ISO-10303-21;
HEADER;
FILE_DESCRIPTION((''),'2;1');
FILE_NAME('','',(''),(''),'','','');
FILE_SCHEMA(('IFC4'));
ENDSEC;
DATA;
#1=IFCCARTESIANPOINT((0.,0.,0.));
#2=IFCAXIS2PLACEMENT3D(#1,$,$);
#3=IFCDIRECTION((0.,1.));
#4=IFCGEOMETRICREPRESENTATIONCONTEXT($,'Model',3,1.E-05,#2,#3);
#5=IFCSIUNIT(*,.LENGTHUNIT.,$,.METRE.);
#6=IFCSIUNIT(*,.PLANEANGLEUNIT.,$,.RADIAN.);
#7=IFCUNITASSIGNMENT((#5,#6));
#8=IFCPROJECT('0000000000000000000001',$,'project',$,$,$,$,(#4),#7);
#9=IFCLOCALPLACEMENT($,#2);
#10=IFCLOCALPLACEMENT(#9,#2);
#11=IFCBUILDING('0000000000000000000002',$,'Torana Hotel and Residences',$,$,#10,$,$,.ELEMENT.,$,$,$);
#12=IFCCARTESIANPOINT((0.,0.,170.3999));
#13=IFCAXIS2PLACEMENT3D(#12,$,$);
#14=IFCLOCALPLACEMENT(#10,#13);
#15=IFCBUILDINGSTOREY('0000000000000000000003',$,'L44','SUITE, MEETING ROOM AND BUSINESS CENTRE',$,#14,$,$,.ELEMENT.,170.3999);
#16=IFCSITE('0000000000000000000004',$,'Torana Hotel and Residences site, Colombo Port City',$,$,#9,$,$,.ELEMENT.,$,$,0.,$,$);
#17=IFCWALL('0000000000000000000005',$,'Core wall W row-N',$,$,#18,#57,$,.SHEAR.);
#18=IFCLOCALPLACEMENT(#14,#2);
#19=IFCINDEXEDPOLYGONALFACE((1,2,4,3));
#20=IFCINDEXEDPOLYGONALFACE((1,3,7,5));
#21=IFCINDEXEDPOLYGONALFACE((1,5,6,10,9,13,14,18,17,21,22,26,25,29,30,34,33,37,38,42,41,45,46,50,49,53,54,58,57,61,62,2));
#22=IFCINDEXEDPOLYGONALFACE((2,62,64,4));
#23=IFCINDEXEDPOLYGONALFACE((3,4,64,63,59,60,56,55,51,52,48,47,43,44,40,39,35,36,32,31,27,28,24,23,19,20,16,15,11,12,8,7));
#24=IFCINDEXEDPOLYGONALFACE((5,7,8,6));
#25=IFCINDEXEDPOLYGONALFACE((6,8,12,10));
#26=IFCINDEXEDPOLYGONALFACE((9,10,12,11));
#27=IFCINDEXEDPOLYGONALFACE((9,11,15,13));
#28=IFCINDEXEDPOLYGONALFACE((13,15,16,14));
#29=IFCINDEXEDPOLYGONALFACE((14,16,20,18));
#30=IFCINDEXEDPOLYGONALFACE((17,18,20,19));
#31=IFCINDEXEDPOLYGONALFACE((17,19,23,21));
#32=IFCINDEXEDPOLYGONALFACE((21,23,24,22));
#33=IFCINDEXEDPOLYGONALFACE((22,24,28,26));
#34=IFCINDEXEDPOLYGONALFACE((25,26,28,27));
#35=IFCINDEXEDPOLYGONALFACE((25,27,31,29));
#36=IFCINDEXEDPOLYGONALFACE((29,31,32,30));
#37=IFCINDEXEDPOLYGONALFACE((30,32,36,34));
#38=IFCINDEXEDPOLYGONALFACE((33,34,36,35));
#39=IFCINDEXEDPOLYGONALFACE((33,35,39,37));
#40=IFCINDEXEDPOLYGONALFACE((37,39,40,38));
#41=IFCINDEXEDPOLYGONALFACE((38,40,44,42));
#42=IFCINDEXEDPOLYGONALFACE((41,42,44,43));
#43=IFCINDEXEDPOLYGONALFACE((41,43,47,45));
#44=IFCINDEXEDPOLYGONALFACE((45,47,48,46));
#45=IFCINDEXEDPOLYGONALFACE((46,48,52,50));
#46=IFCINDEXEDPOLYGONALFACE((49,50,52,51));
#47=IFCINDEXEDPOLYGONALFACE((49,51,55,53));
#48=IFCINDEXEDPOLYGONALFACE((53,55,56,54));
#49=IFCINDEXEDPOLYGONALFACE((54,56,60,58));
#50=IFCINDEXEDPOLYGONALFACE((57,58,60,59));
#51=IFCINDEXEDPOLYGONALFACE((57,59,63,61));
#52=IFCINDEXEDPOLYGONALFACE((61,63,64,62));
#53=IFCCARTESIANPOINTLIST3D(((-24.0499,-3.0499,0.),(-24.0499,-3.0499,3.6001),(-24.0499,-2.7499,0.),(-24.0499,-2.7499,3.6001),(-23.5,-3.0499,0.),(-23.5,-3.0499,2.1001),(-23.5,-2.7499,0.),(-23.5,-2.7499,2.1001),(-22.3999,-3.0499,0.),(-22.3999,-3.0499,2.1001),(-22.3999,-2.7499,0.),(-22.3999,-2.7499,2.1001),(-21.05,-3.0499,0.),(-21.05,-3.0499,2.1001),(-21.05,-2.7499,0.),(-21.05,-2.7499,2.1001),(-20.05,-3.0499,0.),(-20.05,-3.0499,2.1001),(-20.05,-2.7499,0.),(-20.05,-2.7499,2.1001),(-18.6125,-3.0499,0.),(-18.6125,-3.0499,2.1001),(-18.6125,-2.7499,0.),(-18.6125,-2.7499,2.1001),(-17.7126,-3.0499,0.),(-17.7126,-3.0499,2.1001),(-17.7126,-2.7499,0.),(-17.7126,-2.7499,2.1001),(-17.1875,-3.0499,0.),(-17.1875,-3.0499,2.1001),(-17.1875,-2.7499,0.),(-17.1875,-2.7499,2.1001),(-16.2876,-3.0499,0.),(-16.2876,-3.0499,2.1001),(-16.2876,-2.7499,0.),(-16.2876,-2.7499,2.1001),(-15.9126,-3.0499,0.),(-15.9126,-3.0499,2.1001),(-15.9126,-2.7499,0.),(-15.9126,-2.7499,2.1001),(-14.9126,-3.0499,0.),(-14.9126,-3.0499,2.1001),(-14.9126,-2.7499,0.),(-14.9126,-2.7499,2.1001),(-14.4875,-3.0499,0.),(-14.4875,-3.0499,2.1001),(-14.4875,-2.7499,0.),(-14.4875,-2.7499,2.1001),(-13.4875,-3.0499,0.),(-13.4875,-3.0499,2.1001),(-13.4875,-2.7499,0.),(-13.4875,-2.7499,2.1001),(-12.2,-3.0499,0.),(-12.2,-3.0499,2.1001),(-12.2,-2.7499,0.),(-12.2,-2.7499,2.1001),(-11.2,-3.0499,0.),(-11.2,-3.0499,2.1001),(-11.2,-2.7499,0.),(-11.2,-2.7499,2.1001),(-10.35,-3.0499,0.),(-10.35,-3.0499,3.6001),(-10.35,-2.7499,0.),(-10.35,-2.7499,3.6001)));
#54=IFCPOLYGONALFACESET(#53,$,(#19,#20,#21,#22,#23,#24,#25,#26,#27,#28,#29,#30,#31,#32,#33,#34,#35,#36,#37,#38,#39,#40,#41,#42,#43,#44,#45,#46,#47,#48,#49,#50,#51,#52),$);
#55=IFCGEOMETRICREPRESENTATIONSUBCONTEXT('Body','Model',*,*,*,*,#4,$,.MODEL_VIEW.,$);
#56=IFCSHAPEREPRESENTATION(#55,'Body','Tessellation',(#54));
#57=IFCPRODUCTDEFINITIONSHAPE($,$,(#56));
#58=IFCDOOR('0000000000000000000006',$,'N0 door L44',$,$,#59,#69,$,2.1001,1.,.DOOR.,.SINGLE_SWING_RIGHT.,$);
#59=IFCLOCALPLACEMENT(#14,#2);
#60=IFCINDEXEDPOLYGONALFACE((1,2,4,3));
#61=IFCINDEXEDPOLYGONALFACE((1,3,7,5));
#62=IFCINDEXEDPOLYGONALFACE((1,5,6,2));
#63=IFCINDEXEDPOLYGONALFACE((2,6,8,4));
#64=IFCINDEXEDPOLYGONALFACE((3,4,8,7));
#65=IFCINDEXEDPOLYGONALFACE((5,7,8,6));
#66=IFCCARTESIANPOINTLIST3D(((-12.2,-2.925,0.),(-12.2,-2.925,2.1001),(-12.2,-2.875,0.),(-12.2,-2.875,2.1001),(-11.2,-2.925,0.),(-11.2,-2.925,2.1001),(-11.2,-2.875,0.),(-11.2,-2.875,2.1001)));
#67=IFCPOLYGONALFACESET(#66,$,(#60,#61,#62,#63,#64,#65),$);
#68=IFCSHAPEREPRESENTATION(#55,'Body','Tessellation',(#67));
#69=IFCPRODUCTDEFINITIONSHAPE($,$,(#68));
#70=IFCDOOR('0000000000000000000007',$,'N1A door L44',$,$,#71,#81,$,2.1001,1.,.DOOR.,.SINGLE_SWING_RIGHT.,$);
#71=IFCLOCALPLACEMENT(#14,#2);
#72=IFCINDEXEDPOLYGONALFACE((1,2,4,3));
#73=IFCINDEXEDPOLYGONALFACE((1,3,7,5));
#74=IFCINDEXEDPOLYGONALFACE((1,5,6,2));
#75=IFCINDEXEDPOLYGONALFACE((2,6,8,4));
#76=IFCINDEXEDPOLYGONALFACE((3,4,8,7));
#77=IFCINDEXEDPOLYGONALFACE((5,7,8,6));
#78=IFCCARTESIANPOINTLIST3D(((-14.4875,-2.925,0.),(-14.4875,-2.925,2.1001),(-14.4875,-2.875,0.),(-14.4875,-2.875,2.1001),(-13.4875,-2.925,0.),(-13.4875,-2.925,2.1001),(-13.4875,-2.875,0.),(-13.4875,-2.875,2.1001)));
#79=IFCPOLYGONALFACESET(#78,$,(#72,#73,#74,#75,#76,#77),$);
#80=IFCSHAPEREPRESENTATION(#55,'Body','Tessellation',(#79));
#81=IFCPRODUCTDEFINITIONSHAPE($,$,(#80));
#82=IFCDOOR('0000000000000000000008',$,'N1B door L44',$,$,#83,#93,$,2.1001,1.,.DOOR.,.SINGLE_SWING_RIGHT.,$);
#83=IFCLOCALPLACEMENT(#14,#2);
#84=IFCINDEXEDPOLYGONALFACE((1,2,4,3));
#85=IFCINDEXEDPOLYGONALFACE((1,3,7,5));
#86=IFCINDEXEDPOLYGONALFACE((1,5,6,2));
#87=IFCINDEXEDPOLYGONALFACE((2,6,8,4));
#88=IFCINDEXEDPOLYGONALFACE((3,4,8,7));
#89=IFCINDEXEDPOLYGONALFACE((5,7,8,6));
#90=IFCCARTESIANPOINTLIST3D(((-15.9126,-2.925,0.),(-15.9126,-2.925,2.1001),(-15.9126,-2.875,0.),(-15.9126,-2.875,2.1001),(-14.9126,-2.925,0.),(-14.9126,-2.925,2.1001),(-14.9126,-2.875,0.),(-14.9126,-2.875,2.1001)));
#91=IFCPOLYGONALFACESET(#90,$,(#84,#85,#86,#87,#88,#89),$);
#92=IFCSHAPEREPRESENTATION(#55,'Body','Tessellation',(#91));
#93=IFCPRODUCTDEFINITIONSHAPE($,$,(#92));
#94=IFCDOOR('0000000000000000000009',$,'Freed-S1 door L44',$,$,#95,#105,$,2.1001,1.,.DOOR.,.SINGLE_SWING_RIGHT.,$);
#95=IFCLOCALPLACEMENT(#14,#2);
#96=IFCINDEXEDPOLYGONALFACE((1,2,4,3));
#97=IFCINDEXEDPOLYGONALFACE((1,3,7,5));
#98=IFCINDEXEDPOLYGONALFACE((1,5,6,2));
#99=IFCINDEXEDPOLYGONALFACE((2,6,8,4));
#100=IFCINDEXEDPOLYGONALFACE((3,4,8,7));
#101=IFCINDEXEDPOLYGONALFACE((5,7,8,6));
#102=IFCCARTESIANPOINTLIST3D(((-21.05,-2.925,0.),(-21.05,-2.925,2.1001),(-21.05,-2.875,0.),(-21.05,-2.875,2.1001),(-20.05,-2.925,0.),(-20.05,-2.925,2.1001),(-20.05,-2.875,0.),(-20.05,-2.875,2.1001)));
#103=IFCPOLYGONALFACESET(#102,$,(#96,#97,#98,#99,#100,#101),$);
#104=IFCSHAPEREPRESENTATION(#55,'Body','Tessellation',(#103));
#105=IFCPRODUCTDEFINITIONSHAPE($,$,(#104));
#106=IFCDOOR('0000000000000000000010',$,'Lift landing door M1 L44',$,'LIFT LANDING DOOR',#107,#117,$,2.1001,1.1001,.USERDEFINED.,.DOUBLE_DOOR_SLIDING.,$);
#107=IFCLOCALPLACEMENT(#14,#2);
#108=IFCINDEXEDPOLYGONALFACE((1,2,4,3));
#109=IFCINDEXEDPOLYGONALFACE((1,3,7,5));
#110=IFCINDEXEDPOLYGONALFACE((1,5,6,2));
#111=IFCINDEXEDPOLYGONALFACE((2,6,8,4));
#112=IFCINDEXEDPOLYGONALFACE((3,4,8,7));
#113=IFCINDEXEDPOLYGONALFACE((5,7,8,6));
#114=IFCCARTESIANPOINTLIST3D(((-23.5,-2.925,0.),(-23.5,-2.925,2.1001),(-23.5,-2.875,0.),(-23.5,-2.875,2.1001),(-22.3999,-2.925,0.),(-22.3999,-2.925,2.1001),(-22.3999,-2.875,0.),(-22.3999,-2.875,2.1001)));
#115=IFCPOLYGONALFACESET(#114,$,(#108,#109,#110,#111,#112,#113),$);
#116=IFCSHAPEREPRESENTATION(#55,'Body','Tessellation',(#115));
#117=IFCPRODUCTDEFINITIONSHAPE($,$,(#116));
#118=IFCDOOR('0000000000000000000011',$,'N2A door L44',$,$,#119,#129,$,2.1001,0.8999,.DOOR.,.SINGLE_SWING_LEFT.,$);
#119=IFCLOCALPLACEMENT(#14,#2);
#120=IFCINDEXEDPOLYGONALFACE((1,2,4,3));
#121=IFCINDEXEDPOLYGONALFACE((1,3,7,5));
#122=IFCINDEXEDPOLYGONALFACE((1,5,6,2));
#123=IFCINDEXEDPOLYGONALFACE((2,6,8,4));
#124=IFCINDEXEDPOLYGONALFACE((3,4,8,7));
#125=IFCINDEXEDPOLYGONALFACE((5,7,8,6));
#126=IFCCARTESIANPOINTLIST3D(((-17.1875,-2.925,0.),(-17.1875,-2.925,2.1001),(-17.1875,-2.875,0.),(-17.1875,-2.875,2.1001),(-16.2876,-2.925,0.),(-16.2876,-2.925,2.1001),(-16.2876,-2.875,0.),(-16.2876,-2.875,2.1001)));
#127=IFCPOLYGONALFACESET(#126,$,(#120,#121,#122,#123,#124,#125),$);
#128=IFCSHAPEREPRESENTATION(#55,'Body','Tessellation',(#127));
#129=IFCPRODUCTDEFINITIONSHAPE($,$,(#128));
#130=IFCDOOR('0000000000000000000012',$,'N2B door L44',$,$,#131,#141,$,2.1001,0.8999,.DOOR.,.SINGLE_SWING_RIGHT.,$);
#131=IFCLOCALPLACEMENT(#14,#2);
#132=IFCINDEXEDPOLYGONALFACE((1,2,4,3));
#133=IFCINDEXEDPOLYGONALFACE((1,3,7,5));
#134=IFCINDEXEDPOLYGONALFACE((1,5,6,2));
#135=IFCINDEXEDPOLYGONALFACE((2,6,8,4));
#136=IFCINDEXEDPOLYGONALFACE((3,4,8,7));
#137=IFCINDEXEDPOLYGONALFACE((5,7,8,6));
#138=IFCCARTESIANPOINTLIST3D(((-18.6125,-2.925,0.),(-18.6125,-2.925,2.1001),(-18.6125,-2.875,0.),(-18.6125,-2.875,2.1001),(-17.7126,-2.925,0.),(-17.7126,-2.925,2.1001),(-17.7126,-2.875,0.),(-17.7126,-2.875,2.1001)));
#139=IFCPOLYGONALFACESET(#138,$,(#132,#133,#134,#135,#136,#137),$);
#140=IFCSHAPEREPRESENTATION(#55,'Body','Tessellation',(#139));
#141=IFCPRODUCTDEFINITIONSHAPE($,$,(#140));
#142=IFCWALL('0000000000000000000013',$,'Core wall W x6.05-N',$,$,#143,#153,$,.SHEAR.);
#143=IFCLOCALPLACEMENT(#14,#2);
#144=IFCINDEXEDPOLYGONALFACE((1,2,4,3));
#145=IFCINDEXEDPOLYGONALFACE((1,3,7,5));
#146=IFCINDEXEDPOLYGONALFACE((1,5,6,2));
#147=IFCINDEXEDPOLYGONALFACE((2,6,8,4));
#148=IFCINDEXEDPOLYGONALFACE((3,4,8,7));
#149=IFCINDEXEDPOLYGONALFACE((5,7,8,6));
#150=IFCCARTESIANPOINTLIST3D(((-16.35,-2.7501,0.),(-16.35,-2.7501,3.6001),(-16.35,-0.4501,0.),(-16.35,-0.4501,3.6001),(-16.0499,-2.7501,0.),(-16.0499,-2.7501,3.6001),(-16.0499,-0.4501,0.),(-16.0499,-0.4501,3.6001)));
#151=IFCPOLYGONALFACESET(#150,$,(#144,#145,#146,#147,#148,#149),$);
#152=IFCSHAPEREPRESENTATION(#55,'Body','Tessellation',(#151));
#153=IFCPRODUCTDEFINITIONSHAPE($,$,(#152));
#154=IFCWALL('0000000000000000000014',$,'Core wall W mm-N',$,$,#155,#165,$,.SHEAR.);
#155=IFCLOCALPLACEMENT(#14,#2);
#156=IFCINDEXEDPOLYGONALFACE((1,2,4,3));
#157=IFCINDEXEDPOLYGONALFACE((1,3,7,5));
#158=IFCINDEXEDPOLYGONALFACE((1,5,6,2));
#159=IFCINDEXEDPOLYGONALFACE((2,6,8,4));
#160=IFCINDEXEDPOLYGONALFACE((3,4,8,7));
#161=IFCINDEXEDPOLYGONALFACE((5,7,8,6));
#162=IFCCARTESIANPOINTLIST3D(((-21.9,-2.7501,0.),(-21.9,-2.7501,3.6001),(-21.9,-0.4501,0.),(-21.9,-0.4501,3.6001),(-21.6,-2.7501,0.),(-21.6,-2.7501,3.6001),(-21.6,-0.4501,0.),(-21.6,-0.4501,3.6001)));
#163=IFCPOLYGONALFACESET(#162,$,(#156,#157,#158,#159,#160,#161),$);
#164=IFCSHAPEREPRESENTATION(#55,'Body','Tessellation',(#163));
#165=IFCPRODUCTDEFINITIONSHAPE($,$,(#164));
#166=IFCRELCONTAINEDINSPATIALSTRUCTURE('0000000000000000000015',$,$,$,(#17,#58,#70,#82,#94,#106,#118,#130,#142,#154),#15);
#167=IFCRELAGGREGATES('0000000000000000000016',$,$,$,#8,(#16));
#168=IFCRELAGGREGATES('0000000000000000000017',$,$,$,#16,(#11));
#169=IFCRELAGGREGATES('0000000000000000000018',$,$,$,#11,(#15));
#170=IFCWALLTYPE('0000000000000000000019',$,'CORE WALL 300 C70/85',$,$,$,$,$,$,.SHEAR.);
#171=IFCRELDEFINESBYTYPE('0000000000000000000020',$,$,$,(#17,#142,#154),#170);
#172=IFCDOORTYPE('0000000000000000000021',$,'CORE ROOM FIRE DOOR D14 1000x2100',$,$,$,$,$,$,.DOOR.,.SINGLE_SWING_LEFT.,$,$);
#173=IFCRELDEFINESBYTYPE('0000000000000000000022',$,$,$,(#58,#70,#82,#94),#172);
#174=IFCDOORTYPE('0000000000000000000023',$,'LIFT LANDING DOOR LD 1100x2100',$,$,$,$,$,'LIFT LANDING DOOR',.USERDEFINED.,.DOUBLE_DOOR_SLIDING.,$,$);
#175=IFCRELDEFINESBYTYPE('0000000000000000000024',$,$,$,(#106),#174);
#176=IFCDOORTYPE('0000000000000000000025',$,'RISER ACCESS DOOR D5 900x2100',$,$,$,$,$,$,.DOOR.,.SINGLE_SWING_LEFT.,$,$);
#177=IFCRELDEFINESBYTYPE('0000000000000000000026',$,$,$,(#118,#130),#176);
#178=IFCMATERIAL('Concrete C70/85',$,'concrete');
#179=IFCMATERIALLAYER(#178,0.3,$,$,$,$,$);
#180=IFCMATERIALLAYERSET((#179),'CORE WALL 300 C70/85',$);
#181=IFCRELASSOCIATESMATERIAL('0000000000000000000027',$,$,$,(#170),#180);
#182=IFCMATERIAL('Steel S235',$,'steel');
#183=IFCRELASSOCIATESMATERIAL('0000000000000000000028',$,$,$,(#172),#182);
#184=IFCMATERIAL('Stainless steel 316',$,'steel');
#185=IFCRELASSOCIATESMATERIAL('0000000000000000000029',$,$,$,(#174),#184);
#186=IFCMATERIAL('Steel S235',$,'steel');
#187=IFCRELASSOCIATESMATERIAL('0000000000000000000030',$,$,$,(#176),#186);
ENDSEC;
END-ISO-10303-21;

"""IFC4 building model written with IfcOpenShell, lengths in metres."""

from ifc_helpers import new_model, si_unit, direction, frame, frame_2d, origin, place, context, subcontext, project, spatial, rectangle, extrude, material, layer, layer_set, type_object, element, fill, save


model = new_model("IFC4")

# Units and contexts
model_context = context("Model", 3, precision=1e-05, world=origin(), true_north=direction((0.0, 1.0)))
body_context = subcontext(model_context, "Body", "Model", "MODEL_VIEW")
ifc_project = project(units=[si_unit("LENGTHUNIT", "METRE"), si_unit("PLANEANGLEUNIT", "RADIAN")], contexts=[model_context])

# Site, building, storey
site_placement = place(None, origin())
site = spatial("IfcSite", under=ifc_project, at=site_placement, Name="Torana Hotel and Residences site, Colombo Port City", CompositionType="ELEMENT", RefElevation=0.0)
building_placement = place(site_placement, origin())
building = spatial("IfcBuilding", under=site, at=building_placement, Name="Torana Hotel and Residences", CompositionType="ELEMENT")
storey_placement = place(building_placement, frame((0.0, 0.0, 170.3999)))
storey = spatial("IfcBuildingStorey", under=building, at=storey_placement, Name="L44", Description="SUITE, MEETING ROOM AND BUSINESS CENTRE", CompositionType="ELEMENT", Elevation=170.3999)

# Wall, openings, doors
ifc_material_1 = material(Name="Concrete C70/85", Category="concrete")
ifc_layer_1 = layer(ifc_material_1, 0.3)
ifc_layer_set_1 = layer_set([ifc_layer_1], Name="CORE WALL 300 C70/85")
wall_type_1 = type_object("IfcWallType", Name="CORE WALL 300 C70/85", PredefinedType="SHEAR", material=ifc_layer_set_1)
wall_1_placement = place(storey_placement, frame((-24.05, -2.8999, 0.0), z_axis=(0.0, 0.0, 1.0), x_axis=(1.0, 0.0, 0.0)))
wall_1 = element("IfcWall", 1, at=wall_1_placement, inside=storey, type_object=wall_type_1, Name="Core wall W row-N", PredefinedType="SHEAR", context=body_context, shape_type="SweptSolid", body=[
    extrude(rectangle(XDim=13.7, YDim=0.3, at=frame_2d((6.8501, 0.0))), origin(), (0.0, 0.0, 1.0), 3.6001),
])
opening_1_placement = place(wall_1_placement, frame((0.55, 0.0, 0.0)))
opening_1 = element("IfcOpeningElement", 2, at=opening_1_placement, cuts=wall_1, PredefinedType="OPENING", context=body_context, shape_type="SweptSolid", body=[
    extrude(rectangle(XDim=1.1001, YDim=2.1001, at=frame_2d((0.55, 1.05))), frame((0.0, 0.1599, 0.0), z_axis=(0.0, -1.0, 0.0), x_axis=(1.0, 0.0, 0.0)), (0.0, 0.0, 1.0), 0.3201),
])
opening_2_placement = place(wall_1_placement, frame((6.8625, 0.0, 0.0)))
opening_2 = element("IfcOpeningElement", 3, at=opening_2_placement, cuts=wall_1, PredefinedType="OPENING", context=body_context, shape_type="SweptSolid", body=[
    extrude(rectangle(XDim=0.8999, YDim=2.1001, at=frame_2d((0.45, 1.05))), frame((0.0, 0.1599, 0.0), z_axis=(0.0, -1.0, 0.0), x_axis=(1.0, 0.0, 0.0)), (0.0, 0.0, 1.0), 0.3201),
])
opening_3_placement = place(wall_1_placement, frame((5.4375, 0.0, 0.0)))
opening_3 = element("IfcOpeningElement", 4, at=opening_3_placement, cuts=wall_1, PredefinedType="OPENING", context=body_context, shape_type="SweptSolid", body=[
    extrude(rectangle(XDim=0.8999, YDim=2.1001, at=frame_2d((0.45, 1.05))), frame((0.0, 0.1599, 0.0), z_axis=(0.0, -1.0, 0.0), x_axis=(1.0, 0.0, 0.0)), (0.0, 0.0, 1.0), 0.3201),
])
opening_4_placement = place(wall_1_placement, frame((11.8501, 0.0, 0.0)))
opening_4 = element("IfcOpeningElement", 5, at=opening_4_placement, cuts=wall_1, PredefinedType="OPENING", context=body_context, shape_type="SweptSolid", body=[
    extrude(rectangle(XDim=1.0, YDim=2.1001, at=frame_2d((0.5, 1.05))), frame((0.0, 0.1599, 0.0), z_axis=(0.0, -1.0, 0.0), x_axis=(1.0, 0.0, 0.0)), (0.0, 0.0, 1.0), 0.3201),
])
opening_5_placement = place(wall_1_placement, frame((9.5625, 0.0, 0.0)))
opening_5 = element("IfcOpeningElement", 6, at=opening_5_placement, cuts=wall_1, PredefinedType="OPENING", context=body_context, shape_type="SweptSolid", body=[
    extrude(rectangle(XDim=1.0, YDim=2.1001, at=frame_2d((0.5, 1.05))), frame((0.0, 0.1599, 0.0), z_axis=(0.0, -1.0, 0.0), x_axis=(1.0, 0.0, 0.0)), (0.0, 0.0, 1.0), 0.3201),
])
opening_6_placement = place(wall_1_placement, frame((8.1375, 0.0, 0.0)))
opening_6 = element("IfcOpeningElement", 7, at=opening_6_placement, cuts=wall_1, PredefinedType="OPENING", context=body_context, shape_type="SweptSolid", body=[
    extrude(rectangle(XDim=1.0, YDim=2.1001, at=frame_2d((0.5, 1.05))), frame((0.0, 0.1599, 0.0), z_axis=(0.0, -1.0, 0.0), x_axis=(1.0, 0.0, 0.0)), (0.0, 0.0, 1.0), 0.3201),
])
opening_7_placement = place(wall_1_placement, frame((3.0, 0.0, 0.0)))
opening_7 = element("IfcOpeningElement", 8, at=opening_7_placement, cuts=wall_1, PredefinedType="OPENING", context=body_context, shape_type="SweptSolid", body=[
    extrude(rectangle(XDim=1.0, YDim=2.1001, at=frame_2d((0.5, 1.05))), frame((0.0, 0.1599, 0.0), z_axis=(0.0, -1.0, 0.0), x_axis=(1.0, 0.0, 0.0)), (0.0, 0.0, 1.0), 0.3201),
])
ifc_material_2 = material(Name="Steel S235", Category="steel")
door_type_1 = type_object("IfcDoorType", Name="CORE ROOM FIRE DOOR D14 1000x2100", OperationType="SINGLE_SWING_LEFT", PredefinedType="DOOR", material=ifc_material_2)
door_1_placement = place(opening_4_placement, origin())
door_1 = element("IfcDoor", 9, at=door_1_placement, inside=storey, type_object=door_type_1, Name="N0 door L44", OperationType="SINGLE_SWING_RIGHT", OverallHeight=2.1001, OverallWidth=1.0, PredefinedType="DOOR", context=body_context, shape_type="SweptSolid", body=[
    extrude(rectangle(XDim=1.0, YDim=2.1001, at=frame_2d((0.5, 1.05))), frame((0.0, 0.0249, 0.0), z_axis=(0.0, -1.0, 0.0), x_axis=(1.0, 0.0, 0.0)), (0.0, 0.0, 1.0), 0.05),
])
fill(opening_4, door_1)
door_2_placement = place(opening_5_placement, origin())
door_2 = element("IfcDoor", 10, at=door_2_placement, inside=storey, type_object=door_type_1, Name="N1A door L44", OperationType="SINGLE_SWING_RIGHT", OverallHeight=2.1001, OverallWidth=1.0, PredefinedType="DOOR", context=body_context, shape_type="SweptSolid", body=[
    extrude(rectangle(XDim=1.0, YDim=2.1001, at=frame_2d((0.5, 1.05))), frame((0.0, 0.0249, 0.0), z_axis=(0.0, -1.0, 0.0), x_axis=(1.0, 0.0, 0.0)), (0.0, 0.0, 1.0), 0.05),
])
fill(opening_5, door_2)
door_3_placement = place(opening_6_placement, origin())
door_3 = element("IfcDoor", 11, at=door_3_placement, inside=storey, type_object=door_type_1, Name="N1B door L44", OperationType="SINGLE_SWING_RIGHT", OverallHeight=2.1001, OverallWidth=1.0, PredefinedType="DOOR", context=body_context, shape_type="SweptSolid", body=[
    extrude(rectangle(XDim=1.0, YDim=2.1001, at=frame_2d((0.5, 1.05))), frame((0.0, 0.0249, 0.0), z_axis=(0.0, -1.0, 0.0), x_axis=(1.0, 0.0, 0.0)), (0.0, 0.0, 1.0), 0.05),
])
fill(opening_6, door_3)
door_4_placement = place(opening_7_placement, origin())
door_4 = element("IfcDoor", 12, at=door_4_placement, inside=storey, type_object=door_type_1, Name="Freed-S1 door L44", OperationType="SINGLE_SWING_RIGHT", OverallHeight=2.1001, OverallWidth=1.0, PredefinedType="DOOR", context=body_context, shape_type="SweptSolid", body=[
    extrude(rectangle(XDim=1.0, YDim=2.1001, at=frame_2d((0.5, 1.05))), frame((0.0, 0.0249, 0.0), z_axis=(0.0, -1.0, 0.0), x_axis=(1.0, 0.0, 0.0)), (0.0, 0.0, 1.0), 0.05),
])
fill(opening_7, door_4)
ifc_material_3 = material(Name="Stainless steel 316", Category="steel")
door_type_2 = type_object("IfcDoorType", Name="LIFT LANDING DOOR LD 1100x2100", ElementType="LIFT LANDING DOOR", OperationType="DOUBLE_DOOR_SLIDING", PredefinedType="USERDEFINED", material=ifc_material_3)
door_5_placement = place(opening_1_placement, origin())
door_5 = element("IfcDoor", 13, at=door_5_placement, inside=storey, type_object=door_type_2, Name="Lift landing door M1 L44", ObjectType="LIFT LANDING DOOR", OperationType="DOUBLE_DOOR_SLIDING", OverallHeight=2.1001, OverallWidth=1.1001, PredefinedType="USERDEFINED", context=body_context, shape_type="SweptSolid", body=[
    extrude(rectangle(XDim=1.1001, YDim=2.1001, at=frame_2d((0.55, 1.05))), frame((0.0, 0.0249, 0.0), z_axis=(0.0, -1.0, 0.0), x_axis=(1.0, 0.0, 0.0)), (0.0, 0.0, 1.0), 0.05),
])
fill(opening_1, door_5)
ifc_material_4 = material(Name="Steel S235", Category="steel")
door_type_3 = type_object("IfcDoorType", Name="RISER ACCESS DOOR D5 900x2100", OperationType="SINGLE_SWING_LEFT", PredefinedType="DOOR", material=ifc_material_4)
door_6_placement = place(opening_2_placement, origin())
door_6 = element("IfcDoor", 14, at=door_6_placement, inside=storey, type_object=door_type_3, Name="N2A door L44", OperationType="SINGLE_SWING_LEFT", OverallHeight=2.1001, OverallWidth=0.8999, PredefinedType="DOOR", context=body_context, shape_type="SweptSolid", body=[
    extrude(rectangle(XDim=0.8999, YDim=2.1001, at=frame_2d((0.45, 1.05))), frame((0.0, 0.0249, 0.0), z_axis=(0.0, -1.0, 0.0), x_axis=(1.0, 0.0, 0.0)), (0.0, 0.0, 1.0), 0.05),
])
fill(opening_2, door_6)
door_7_placement = place(opening_3_placement, origin())
door_7 = element("IfcDoor", 15, at=door_7_placement, inside=storey, type_object=door_type_3, Name="N2B door L44", OperationType="SINGLE_SWING_RIGHT", OverallHeight=2.1001, OverallWidth=0.8999, PredefinedType="DOOR", context=body_context, shape_type="SweptSolid", body=[
    extrude(rectangle(XDim=0.8999, YDim=2.1001, at=frame_2d((0.45, 1.05))), frame((0.0, 0.0249, 0.0), z_axis=(0.0, -1.0, 0.0), x_axis=(1.0, 0.0, 0.0)), (0.0, 0.0, 1.0), 0.05),
])
fill(opening_3, door_7)

# Walls
for number, where, z_axis, x_axis, name in (
    (16, (-16.2, -2.75, 0.0), (0.0, 0.0, 1.0), (0.0, 1.0, 0.0), "Core wall W x6.05-N"),
    (17, (-21.75, -2.75, 0.0), (0.0, 0.0, 1.0), (0.0, 1.0, 0.0), "Core wall W mm-N"),
):
    element("IfcWall", number, at=place(storey_placement, frame(where, z_axis=z_axis, x_axis=x_axis)), inside=storey, type_object=wall_type_1, Name=name, PredefinedType="SHEAR", context=body_context, shape_type="SweptSolid", body=[
        extrude(rectangle(XDim=2.3, YDim=0.3, at=frame_2d((1.1499, 0.0))), origin(), (0.0, 0.0, 1.0), 3.6001),
    ])

save(model, "model.ifc")
